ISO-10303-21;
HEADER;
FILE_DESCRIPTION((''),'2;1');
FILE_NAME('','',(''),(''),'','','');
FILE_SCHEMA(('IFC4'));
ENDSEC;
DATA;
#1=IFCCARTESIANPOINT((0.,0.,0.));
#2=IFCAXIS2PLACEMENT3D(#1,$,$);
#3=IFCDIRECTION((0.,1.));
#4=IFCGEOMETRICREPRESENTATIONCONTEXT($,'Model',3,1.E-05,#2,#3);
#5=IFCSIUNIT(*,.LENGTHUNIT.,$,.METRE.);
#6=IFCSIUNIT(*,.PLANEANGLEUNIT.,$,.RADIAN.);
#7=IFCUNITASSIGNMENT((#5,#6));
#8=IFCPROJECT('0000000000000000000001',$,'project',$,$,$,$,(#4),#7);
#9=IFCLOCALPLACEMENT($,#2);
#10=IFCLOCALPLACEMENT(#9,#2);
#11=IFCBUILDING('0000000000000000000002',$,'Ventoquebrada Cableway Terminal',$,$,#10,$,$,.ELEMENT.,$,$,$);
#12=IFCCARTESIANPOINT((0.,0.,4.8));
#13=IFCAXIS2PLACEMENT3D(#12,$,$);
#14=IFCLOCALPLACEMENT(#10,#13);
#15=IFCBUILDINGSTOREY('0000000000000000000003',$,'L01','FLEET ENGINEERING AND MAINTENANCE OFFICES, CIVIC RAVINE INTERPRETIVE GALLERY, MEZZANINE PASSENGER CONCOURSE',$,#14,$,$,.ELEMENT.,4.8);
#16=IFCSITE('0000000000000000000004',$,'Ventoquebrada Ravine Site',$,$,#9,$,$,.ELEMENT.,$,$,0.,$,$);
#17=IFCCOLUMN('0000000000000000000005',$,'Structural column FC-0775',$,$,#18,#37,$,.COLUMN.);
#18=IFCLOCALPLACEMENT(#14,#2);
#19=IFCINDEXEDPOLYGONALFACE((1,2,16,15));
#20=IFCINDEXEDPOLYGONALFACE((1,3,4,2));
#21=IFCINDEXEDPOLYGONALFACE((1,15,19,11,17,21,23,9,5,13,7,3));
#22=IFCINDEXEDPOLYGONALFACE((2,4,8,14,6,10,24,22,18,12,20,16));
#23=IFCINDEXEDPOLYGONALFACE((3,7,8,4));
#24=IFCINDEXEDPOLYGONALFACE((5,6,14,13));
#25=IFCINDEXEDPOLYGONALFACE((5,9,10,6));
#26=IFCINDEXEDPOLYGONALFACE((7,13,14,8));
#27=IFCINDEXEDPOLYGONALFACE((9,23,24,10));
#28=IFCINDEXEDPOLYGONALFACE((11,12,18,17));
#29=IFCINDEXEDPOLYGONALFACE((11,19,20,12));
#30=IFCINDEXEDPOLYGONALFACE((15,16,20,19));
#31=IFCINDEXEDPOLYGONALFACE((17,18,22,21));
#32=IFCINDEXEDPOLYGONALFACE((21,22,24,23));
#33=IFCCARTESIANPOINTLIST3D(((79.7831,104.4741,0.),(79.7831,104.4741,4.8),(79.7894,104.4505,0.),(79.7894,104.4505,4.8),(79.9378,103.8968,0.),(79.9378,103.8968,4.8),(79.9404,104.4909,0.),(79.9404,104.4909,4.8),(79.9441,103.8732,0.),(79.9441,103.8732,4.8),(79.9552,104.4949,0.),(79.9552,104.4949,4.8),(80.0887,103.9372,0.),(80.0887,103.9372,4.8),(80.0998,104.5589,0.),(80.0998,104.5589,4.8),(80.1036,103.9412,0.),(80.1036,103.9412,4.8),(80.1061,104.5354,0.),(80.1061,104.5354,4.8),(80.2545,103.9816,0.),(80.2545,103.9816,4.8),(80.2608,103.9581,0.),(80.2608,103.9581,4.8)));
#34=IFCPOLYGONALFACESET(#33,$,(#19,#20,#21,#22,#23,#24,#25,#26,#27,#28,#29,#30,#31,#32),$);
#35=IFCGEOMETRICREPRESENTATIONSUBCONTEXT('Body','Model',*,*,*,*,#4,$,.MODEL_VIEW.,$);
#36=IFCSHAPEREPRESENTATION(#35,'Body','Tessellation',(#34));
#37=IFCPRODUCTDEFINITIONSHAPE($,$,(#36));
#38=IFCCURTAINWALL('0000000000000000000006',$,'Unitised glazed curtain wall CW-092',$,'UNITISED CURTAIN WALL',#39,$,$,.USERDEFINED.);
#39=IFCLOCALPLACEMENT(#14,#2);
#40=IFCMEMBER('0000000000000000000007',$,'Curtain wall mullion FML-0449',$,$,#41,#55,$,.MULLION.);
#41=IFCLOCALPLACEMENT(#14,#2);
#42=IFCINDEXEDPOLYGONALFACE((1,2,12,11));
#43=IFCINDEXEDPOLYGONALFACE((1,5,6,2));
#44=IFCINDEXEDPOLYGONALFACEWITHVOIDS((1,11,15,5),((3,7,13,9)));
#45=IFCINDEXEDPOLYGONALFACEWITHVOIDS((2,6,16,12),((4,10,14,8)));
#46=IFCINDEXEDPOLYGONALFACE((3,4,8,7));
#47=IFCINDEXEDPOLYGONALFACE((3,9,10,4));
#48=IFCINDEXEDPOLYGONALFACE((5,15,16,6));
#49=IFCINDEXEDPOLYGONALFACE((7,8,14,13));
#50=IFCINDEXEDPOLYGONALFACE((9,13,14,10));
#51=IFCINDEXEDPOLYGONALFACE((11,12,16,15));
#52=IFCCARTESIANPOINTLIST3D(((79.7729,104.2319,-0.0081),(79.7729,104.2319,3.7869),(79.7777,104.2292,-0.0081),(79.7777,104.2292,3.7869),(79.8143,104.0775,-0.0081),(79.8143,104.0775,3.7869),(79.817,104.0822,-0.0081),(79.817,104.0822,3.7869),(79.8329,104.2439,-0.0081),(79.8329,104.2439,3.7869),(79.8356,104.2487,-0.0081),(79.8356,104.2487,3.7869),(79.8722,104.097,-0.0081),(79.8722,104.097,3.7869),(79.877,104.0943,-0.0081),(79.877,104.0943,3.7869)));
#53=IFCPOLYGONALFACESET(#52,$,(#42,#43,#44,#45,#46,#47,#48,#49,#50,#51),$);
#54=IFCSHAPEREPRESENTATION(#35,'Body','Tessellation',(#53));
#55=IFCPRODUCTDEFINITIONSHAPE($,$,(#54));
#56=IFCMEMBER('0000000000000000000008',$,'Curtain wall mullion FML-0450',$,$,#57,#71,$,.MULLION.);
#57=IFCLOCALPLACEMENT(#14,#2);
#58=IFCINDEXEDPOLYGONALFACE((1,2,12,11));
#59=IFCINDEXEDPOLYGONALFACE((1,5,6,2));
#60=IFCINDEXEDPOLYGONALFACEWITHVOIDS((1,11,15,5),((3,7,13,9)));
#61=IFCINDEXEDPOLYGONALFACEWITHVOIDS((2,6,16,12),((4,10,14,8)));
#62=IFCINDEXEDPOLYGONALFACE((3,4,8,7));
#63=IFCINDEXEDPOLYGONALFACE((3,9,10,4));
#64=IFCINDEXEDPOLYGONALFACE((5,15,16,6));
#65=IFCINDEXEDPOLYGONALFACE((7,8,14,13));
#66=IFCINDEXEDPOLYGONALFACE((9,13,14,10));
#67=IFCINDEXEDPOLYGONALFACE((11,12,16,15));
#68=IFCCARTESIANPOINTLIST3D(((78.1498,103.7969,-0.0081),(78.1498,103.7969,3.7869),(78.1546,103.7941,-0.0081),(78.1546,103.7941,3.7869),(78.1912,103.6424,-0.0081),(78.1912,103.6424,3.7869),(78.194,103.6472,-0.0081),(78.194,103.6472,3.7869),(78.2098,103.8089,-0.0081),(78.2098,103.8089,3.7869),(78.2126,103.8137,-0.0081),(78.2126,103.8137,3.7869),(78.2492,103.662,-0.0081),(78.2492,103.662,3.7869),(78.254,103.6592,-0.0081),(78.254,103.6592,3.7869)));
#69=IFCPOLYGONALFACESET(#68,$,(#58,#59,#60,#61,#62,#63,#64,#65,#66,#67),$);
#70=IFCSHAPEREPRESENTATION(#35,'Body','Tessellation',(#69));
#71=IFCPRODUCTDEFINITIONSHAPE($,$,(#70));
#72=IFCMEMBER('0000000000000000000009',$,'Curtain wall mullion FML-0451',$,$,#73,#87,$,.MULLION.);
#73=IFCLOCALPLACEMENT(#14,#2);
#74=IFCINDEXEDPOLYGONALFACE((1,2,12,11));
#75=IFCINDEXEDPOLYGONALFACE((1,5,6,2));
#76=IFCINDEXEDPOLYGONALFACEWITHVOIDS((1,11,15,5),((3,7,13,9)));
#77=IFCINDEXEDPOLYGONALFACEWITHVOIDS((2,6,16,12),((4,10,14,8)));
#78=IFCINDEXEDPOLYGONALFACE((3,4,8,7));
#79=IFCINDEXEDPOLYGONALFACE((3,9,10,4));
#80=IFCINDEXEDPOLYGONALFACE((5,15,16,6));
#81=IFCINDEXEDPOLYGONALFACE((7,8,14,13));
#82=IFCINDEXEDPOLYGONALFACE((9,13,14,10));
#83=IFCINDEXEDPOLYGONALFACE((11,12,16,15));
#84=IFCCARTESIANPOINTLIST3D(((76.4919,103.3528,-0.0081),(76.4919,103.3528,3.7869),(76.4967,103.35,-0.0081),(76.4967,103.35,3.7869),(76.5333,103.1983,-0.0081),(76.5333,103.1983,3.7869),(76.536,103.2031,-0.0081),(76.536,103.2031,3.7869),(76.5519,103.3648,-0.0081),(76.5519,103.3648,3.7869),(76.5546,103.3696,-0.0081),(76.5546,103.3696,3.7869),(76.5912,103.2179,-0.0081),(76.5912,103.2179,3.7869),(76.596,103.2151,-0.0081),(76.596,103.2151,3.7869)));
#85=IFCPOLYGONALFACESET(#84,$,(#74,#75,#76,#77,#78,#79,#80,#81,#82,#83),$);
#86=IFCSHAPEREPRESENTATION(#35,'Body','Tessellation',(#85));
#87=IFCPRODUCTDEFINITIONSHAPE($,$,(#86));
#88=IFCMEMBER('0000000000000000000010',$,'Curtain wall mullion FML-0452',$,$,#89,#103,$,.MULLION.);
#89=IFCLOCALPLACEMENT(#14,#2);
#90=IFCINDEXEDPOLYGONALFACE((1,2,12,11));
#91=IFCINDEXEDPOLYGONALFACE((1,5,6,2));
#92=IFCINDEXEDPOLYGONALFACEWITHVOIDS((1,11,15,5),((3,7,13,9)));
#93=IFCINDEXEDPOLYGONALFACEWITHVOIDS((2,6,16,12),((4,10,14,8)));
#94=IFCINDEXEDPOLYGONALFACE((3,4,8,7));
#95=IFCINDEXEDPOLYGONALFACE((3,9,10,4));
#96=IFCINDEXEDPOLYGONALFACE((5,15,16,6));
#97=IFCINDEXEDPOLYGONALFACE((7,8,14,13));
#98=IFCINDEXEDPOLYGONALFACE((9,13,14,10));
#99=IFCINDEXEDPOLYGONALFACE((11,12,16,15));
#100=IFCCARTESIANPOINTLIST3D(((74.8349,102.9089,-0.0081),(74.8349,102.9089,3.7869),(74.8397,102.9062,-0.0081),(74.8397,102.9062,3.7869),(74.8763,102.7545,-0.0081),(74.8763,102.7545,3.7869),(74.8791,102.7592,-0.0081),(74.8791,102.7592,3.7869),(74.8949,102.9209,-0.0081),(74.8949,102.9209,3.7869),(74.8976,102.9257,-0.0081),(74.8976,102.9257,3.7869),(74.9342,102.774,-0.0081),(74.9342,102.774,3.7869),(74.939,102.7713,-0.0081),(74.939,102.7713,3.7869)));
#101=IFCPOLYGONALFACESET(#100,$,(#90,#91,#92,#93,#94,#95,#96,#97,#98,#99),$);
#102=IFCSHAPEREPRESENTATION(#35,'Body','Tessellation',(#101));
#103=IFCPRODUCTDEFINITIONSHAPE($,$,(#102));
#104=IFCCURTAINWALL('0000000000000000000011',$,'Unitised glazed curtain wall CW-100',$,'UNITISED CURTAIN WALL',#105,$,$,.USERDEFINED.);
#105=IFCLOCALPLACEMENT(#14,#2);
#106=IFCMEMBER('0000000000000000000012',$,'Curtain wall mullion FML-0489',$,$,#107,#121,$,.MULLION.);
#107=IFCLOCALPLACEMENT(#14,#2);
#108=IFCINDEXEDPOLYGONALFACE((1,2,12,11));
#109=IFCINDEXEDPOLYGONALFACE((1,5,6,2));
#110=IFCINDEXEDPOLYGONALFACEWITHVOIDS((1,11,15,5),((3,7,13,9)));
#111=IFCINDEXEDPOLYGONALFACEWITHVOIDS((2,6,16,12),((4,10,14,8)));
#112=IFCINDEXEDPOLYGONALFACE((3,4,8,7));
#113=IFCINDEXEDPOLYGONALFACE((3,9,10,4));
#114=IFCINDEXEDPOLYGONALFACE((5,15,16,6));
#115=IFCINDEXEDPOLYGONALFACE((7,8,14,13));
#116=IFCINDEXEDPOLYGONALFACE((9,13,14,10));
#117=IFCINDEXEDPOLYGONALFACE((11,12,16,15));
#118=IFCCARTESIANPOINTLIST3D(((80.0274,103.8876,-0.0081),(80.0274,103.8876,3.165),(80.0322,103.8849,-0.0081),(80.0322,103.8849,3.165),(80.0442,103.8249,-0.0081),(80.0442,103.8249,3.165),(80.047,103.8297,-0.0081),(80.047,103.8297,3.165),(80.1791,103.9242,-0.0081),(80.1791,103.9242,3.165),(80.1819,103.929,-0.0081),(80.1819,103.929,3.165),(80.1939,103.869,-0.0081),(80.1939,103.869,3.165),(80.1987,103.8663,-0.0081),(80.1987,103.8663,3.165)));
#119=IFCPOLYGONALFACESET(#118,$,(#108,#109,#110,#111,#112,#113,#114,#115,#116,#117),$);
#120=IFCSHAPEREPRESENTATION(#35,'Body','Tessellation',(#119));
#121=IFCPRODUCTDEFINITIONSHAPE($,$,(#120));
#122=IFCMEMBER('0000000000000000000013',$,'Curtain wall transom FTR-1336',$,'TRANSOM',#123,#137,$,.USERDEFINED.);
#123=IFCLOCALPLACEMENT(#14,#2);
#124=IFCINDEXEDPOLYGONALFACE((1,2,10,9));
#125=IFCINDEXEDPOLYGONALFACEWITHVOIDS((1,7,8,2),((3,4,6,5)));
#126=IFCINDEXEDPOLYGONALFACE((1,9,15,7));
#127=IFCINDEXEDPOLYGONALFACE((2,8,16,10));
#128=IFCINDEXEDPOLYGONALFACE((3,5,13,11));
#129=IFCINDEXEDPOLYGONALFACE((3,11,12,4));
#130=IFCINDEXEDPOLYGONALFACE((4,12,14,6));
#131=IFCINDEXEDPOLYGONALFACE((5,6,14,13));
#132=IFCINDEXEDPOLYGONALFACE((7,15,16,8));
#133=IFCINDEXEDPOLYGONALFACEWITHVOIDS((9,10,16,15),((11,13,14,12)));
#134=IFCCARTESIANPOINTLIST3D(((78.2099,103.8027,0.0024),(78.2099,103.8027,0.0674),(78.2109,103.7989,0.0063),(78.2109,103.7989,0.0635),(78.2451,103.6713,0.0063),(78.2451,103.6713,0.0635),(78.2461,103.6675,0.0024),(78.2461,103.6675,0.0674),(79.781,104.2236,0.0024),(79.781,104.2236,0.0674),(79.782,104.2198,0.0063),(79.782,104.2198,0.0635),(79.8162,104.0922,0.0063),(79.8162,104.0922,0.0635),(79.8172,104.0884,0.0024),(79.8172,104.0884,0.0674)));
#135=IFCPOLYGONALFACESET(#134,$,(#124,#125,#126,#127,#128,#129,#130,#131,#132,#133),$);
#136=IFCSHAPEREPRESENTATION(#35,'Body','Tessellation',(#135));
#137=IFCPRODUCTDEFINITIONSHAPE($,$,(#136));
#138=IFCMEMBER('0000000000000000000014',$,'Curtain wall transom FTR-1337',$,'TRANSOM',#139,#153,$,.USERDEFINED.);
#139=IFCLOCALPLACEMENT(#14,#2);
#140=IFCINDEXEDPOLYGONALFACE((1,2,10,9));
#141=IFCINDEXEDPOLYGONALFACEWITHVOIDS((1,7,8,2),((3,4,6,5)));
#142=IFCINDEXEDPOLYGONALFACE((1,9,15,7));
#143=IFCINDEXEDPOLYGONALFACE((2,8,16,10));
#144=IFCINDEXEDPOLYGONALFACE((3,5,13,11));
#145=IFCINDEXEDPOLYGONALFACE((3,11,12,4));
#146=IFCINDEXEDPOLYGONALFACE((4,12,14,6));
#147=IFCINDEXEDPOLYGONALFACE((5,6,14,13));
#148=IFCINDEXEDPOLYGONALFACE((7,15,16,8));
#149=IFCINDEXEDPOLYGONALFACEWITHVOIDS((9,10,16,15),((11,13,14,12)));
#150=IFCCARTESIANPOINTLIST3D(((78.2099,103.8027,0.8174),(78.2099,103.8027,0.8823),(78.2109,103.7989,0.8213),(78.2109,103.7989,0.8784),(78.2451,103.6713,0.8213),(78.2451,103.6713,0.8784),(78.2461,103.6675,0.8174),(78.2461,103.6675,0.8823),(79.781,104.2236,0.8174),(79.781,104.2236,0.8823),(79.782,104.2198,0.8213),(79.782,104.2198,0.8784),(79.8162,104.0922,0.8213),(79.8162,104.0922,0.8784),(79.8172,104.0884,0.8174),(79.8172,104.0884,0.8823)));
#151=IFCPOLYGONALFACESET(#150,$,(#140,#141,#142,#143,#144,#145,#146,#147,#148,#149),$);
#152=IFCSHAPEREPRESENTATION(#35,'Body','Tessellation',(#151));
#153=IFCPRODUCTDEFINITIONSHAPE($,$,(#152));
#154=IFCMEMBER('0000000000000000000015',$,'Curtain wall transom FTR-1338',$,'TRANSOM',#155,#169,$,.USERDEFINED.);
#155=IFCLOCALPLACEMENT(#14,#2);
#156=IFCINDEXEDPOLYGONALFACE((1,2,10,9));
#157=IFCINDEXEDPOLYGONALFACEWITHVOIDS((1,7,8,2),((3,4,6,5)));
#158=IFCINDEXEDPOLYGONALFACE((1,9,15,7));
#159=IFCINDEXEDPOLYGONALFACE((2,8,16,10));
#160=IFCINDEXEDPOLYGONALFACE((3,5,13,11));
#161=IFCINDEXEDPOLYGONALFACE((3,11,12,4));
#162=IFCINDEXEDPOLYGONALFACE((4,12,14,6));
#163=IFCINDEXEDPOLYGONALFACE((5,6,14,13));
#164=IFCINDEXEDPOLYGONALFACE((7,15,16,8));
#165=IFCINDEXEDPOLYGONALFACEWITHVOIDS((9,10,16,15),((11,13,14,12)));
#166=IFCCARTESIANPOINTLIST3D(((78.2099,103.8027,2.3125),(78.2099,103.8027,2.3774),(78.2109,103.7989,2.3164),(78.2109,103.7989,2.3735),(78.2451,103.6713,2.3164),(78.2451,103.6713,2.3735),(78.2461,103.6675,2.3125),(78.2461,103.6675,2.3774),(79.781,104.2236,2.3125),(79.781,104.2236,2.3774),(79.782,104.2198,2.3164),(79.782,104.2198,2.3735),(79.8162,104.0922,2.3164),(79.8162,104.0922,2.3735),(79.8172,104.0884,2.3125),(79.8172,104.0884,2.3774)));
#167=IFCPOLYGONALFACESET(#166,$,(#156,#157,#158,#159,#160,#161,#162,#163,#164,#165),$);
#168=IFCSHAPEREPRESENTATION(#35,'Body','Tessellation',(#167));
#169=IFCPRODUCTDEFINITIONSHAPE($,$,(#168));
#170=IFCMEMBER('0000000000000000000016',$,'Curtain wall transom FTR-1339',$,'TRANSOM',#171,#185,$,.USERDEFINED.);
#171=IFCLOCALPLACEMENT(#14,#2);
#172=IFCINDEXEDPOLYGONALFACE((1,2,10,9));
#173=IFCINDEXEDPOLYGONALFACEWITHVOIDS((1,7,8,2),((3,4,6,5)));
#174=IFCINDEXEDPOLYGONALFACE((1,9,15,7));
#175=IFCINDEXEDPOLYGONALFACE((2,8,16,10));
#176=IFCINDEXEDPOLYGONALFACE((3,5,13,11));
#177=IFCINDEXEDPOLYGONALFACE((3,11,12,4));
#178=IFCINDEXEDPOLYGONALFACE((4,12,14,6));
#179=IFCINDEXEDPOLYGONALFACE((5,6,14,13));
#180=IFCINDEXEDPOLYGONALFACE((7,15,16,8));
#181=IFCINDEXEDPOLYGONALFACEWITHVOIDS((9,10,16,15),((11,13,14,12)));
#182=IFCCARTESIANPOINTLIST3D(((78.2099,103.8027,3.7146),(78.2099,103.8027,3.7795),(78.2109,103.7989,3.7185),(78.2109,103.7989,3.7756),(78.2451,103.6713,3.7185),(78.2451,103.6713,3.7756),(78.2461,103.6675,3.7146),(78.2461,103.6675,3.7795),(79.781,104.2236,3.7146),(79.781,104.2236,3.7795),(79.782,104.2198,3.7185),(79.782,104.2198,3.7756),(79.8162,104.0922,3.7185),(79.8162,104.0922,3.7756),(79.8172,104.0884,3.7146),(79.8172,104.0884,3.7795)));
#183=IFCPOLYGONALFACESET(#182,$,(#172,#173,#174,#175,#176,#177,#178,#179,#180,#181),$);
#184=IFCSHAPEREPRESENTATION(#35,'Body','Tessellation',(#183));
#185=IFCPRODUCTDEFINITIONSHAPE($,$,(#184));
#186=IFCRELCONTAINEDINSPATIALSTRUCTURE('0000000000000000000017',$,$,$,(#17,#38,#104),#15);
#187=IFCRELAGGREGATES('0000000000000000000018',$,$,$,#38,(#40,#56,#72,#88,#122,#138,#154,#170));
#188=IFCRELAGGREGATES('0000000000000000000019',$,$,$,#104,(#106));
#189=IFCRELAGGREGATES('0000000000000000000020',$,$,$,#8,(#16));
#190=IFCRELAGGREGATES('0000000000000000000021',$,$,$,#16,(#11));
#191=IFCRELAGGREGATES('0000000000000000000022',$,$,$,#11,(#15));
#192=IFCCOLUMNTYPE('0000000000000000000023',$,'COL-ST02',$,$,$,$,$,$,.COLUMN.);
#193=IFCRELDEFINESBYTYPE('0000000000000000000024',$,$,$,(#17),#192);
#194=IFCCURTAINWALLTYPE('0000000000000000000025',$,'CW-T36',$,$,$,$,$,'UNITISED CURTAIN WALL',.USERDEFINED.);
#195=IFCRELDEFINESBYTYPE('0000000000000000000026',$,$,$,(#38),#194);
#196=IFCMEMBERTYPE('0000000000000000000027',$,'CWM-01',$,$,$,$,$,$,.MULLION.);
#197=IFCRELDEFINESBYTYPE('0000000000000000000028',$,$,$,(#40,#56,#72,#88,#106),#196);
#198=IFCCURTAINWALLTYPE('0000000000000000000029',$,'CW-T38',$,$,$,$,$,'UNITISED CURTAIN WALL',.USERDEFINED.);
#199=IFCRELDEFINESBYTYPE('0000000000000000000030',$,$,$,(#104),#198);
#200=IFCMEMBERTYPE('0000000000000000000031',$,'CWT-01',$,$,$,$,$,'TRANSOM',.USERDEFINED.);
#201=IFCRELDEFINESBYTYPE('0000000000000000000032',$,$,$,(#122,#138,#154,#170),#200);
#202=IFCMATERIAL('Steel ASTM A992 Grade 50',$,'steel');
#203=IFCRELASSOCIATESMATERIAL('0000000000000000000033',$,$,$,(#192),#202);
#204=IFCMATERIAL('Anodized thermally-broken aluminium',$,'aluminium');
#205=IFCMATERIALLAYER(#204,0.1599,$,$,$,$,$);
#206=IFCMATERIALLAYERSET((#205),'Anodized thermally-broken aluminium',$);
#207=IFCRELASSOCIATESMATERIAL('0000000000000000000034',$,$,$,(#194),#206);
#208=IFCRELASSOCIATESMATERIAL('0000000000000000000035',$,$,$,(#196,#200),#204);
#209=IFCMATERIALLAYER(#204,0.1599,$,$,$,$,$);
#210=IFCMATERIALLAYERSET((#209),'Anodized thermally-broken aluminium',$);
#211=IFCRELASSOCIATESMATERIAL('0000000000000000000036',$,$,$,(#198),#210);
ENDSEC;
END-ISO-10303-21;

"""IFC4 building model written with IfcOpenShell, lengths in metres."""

from ifc_helpers import new_model, si_unit, direction, frame, origin, origin_2d, place, context, subcontext, project, spatial, hollow_rectangle, i_section, extrude, material, layer, layer_set, material_profile, profile_set, type_object, element, aggregate, save


model = new_model("IFC4")

# Units and contexts
model_context = context("Model", 3, precision=1e-05, world=origin(), true_north=direction((0.0, 1.0)))
body_context = subcontext(model_context, "Body", "Model", "MODEL_VIEW")
ifc_project = project(units=[si_unit("LENGTHUNIT", "METRE"), si_unit("PLANEANGLEUNIT", "RADIAN")], contexts=[model_context])

# Site, building, storey
site_placement = place(None, origin())
site = spatial("IfcSite", under=ifc_project, at=site_placement, Name="Ventoquebrada Ravine Site", CompositionType="ELEMENT", RefElevation=0.0)
building_placement = place(site_placement, origin())
building = spatial("IfcBuilding", under=site, at=building_placement, Name="Ventoquebrada Cableway Terminal", CompositionType="ELEMENT")
storey_placement = place(building_placement, frame((0.0, 0.0, 4.8)))
storey = spatial("IfcBuildingStorey", under=building, at=storey_placement, Name="L01", Description="FLEET ENGINEERING AND MAINTENANCE OFFICES, CIVIC RAVINE INTERPRETIVE GALLERY, MEZZANINE PASSENGER CONCOURSE", CompositionType="ELEMENT", Elevation=4.8)

# Column
ifc_material_1 = material(Name="Steel ASTM A992 Grade 50", Category="steel")
ifc_material_profile_1 = material_profile(ifc_material_1, i_section(OverallWidth=0.3279, OverallDepth=0.6221, WebThickness=0.0154, FlangeThickness=0.0244, at=origin_2d()), Name="W24X131")
ifc_profile_set_1 = profile_set([ifc_material_profile_1], Name="Steel ASTM A992 Grade 50")
column_type = type_object("IfcColumnType", Name="COL-ST02", PredefinedType="COLUMN", material=ifc_profile_set_1)
column_placement = place(storey_placement, frame((80.022, 104.2161, 0.0), z_axis=(0.0, 0.0, 1.0), x_axis=(0.965926, 0.258819, 0.0)))
element("IfcColumn", 1, at=column_placement, inside=storey, type_object=column_type, Name="Structural column FC-0775", PredefinedType="COLUMN", context=body_context, shape_type="SweptSolid", body=[
    extrude(i_section(OverallWidth=0.3279, OverallDepth=0.6221, WebThickness=0.0154, FlangeThickness=0.0244, at=origin_2d()), origin(), (0.0, 0.0, 1.0), 4.8),
])

# Curtain wall, members
ifc_material_2 = material(Name="Anodized thermally-broken aluminium", Category="aluminium")
ifc_layer_1 = layer(ifc_material_2, 0.1599)
ifc_layer_set_1 = layer_set([ifc_layer_1], Name="Anodized thermally-broken aluminium")
curtain_wall_type_1 = type_object("IfcCurtainWallType", Name="CW-T36", ElementType="UNITISED CURTAIN WALL", PredefinedType="USERDEFINED", material=ifc_layer_set_1)
curtain_wall_1_placement = place(storey_placement, origin())
curtain_wall_1 = element("IfcCurtainWall", 2, at=curtain_wall_1_placement, inside=storey, type_object=curtain_wall_type_1, Name="Unitised glazed curtain wall CW-092", ObjectType="UNITISED CURTAIN WALL", PredefinedType="USERDEFINED")
ifc_material_profile_2 = material_profile(ifc_material_2, hollow_rectangle(XDim=0.0649, YDim=0.1599, WallThickness=0.0039, at=origin_2d()), Name="CW-MUL-65X160")
ifc_profile_set_2 = profile_set([ifc_material_profile_2], Name="Anodized thermally-broken aluminium")
member_type_1 = type_object("IfcMemberType", Name="CWM-01", PredefinedType="MULLION", material=ifc_profile_set_2)
member_1_placement = place(storey_placement, frame((79.825, 104.1631, -0.0081), z_axis=(0.0, 0.0, 1.0), x_axis=(-0.965935, -0.258785, 0.0)))
member_1 = element("IfcMember", 3, at=member_1_placement, type_object=member_type_1, Name="Curtain wall mullion FML-0449", PredefinedType="MULLION", context=body_context, shape_type="SweptSolid", body=[
    extrude(hollow_rectangle(XDim=0.0649, YDim=0.1599, WallThickness=0.0039, at=origin_2d()), origin(), (0.0, 0.0, 1.0), 3.7949),
])
member_2_placement = place(storey_placement, frame((78.2019, 103.728, -0.0081), z_axis=(0.0, 0.0, 1.0), x_axis=(-0.965935, -0.258785, 0.0)))
member_2 = element("IfcMember", 4, at=member_2_placement, type_object=member_type_1, Name="Curtain wall mullion FML-0450", PredefinedType="MULLION", context=body_context, shape_type="SweptSolid", body=[
    extrude(hollow_rectangle(XDim=0.0649, YDim=0.1599, WallThickness=0.0039, at=origin_2d()), origin(), (0.0, 0.0, 1.0), 3.7949),
])
member_3_placement = place(storey_placement, frame((76.5439, 103.2839, -0.0081), z_axis=(0.0, 0.0, 1.0), x_axis=(-0.965935, -0.258785, 0.0)))
member_3 = element("IfcMember", 5, at=member_3_placement, type_object=member_type_1, Name="Curtain wall mullion FML-0451", PredefinedType="MULLION", context=body_context, shape_type="SweptSolid", body=[
    extrude(hollow_rectangle(XDim=0.0649, YDim=0.1599, WallThickness=0.0039, at=origin_2d()), origin(), (0.0, 0.0, 1.0), 3.7949),
])
member_4_placement = place(storey_placement, frame((74.887, 102.8401, -0.0081), z_axis=(0.0, 0.0, 1.0), x_axis=(-0.965935, -0.258785, 0.0)))
member_4 = element("IfcMember", 6, at=member_4_placement, type_object=member_type_1, Name="Curtain wall mullion FML-0452", PredefinedType="MULLION", context=body_context, shape_type="SweptSolid", body=[
    extrude(hollow_rectangle(XDim=0.0649, YDim=0.1599, WallThickness=0.0039, at=origin_2d()), origin(), (0.0, 0.0, 1.0), 3.7949),
])

# Curtain wall, member
ifc_layer_2 = layer(ifc_material_2, 0.1599)
ifc_layer_set_2 = layer_set([ifc_layer_2], Name="Anodized thermally-broken aluminium")
curtain_wall_type_2 = type_object("IfcCurtainWallType", Name="CW-T38", ElementType="UNITISED CURTAIN WALL", PredefinedType="USERDEFINED", material=ifc_layer_set_2)
curtain_wall_2_placement = place(storey_placement, origin())
curtain_wall_2 = element("IfcCurtainWall", 7, at=curtain_wall_2_placement, inside=storey, type_object=curtain_wall_type_2, Name="Unitised glazed curtain wall CW-100", ObjectType="UNITISED CURTAIN WALL", PredefinedType="USERDEFINED")
member_5_placement = place(storey_placement, frame((80.113, 103.877, -0.0081), z_axis=(0.0, 0.0, 1.0), x_axis=(-0.258785, 0.965935, 0.0)))
member_5 = element("IfcMember", 8, at=member_5_placement, type_object=member_type_1, Name="Curtain wall mullion FML-0489", PredefinedType="MULLION", context=body_context, shape_type="SweptSolid", body=[
    extrude(hollow_rectangle(XDim=0.0649, YDim=0.1599, WallThickness=0.0039, at=origin_2d()), origin(), (0.0, 0.0, 1.0), 3.1731),
])

# Members
ifc_material_profile_3 = material_profile(ifc_material_2, hollow_rectangle(XDim=0.0649, YDim=0.1399, WallThickness=0.0039, at=origin_2d()), Name="CW-TRN-65X140")
ifc_profile_set_3 = profile_set([ifc_material_profile_3], Name="Anodized thermally-broken aluminium")
member_type_2 = type_object("IfcMemberType", Name="CWT-01", ElementType="TRANSOM", PredefinedType="USERDEFINED", material=ifc_profile_set_3)
member_6_placement = place(storey_placement, frame((79.7991, 104.156, 0.0349), z_axis=(-0.965935, -0.258784, 0.0), x_axis=(0.0, 0.0, 1.0)))
member_6 = element("IfcMember", 9, at=member_6_placement, type_object=member_type_2, Name="Curtain wall transom FTR-1336", ObjectType="TRANSOM", PredefinedType="USERDEFINED", context=body_context, shape_type="SweptSolid", body=[
    extrude(hollow_rectangle(XDim=0.0649, YDim=0.1399, WallThickness=0.0039, at=origin_2d()), origin(), (0.0, 0.0, 1.0), 1.6265),
])
member_7_placement = place(storey_placement, frame((79.7991, 104.156, 0.8499), z_axis=(-0.965935, -0.258784, 0.0), x_axis=(0.0, 0.0, 1.0)))
member_7 = element("IfcMember", 10, at=member_7_placement, type_object=member_type_2, Name="Curtain wall transom FTR-1337", ObjectType="TRANSOM", PredefinedType="USERDEFINED", context=body_context, shape_type="SweptSolid", body=[
    extrude(hollow_rectangle(XDim=0.0649, YDim=0.1399, WallThickness=0.0039, at=origin_2d()), origin(), (0.0, 0.0, 1.0), 1.6265),
])
member_8_placement = place(storey_placement, frame((79.7991, 104.156, 2.345), z_axis=(-0.965935, -0.258784, 0.0), x_axis=(0.0, 0.0, 1.0)))
member_8 = element("IfcMember", 11, at=member_8_placement, type_object=member_type_2, Name="Curtain wall transom FTR-1338", ObjectType="TRANSOM", PredefinedType="USERDEFINED", context=body_context, shape_type="SweptSolid", body=[
    extrude(hollow_rectangle(XDim=0.0649, YDim=0.1399, WallThickness=0.0039, at=origin_2d()), origin(), (0.0, 0.0, 1.0), 1.6265),
])
member_9_placement = place(storey_placement, frame((79.7991, 104.156, 3.7471), z_axis=(-0.965935, -0.258784, 0.0), x_axis=(0.0, 0.0, 1.0)))
member_9 = element("IfcMember", 12, at=member_9_placement, type_object=member_type_2, Name="Curtain wall transom FTR-1339", ObjectType="TRANSOM", PredefinedType="USERDEFINED", context=body_context, shape_type="SweptSolid", body=[
    extrude(hollow_rectangle(XDim=0.0649, YDim=0.1399, WallThickness=0.0039, at=origin_2d()), origin(), (0.0, 0.0, 1.0), 1.6265),
])

aggregate(curtain_wall_1, [member_1, member_2, member_3, member_4, member_6, member_7, member_8, member_9])
aggregate(curtain_wall_2, [member_5])

save(model, "model.ifc")
